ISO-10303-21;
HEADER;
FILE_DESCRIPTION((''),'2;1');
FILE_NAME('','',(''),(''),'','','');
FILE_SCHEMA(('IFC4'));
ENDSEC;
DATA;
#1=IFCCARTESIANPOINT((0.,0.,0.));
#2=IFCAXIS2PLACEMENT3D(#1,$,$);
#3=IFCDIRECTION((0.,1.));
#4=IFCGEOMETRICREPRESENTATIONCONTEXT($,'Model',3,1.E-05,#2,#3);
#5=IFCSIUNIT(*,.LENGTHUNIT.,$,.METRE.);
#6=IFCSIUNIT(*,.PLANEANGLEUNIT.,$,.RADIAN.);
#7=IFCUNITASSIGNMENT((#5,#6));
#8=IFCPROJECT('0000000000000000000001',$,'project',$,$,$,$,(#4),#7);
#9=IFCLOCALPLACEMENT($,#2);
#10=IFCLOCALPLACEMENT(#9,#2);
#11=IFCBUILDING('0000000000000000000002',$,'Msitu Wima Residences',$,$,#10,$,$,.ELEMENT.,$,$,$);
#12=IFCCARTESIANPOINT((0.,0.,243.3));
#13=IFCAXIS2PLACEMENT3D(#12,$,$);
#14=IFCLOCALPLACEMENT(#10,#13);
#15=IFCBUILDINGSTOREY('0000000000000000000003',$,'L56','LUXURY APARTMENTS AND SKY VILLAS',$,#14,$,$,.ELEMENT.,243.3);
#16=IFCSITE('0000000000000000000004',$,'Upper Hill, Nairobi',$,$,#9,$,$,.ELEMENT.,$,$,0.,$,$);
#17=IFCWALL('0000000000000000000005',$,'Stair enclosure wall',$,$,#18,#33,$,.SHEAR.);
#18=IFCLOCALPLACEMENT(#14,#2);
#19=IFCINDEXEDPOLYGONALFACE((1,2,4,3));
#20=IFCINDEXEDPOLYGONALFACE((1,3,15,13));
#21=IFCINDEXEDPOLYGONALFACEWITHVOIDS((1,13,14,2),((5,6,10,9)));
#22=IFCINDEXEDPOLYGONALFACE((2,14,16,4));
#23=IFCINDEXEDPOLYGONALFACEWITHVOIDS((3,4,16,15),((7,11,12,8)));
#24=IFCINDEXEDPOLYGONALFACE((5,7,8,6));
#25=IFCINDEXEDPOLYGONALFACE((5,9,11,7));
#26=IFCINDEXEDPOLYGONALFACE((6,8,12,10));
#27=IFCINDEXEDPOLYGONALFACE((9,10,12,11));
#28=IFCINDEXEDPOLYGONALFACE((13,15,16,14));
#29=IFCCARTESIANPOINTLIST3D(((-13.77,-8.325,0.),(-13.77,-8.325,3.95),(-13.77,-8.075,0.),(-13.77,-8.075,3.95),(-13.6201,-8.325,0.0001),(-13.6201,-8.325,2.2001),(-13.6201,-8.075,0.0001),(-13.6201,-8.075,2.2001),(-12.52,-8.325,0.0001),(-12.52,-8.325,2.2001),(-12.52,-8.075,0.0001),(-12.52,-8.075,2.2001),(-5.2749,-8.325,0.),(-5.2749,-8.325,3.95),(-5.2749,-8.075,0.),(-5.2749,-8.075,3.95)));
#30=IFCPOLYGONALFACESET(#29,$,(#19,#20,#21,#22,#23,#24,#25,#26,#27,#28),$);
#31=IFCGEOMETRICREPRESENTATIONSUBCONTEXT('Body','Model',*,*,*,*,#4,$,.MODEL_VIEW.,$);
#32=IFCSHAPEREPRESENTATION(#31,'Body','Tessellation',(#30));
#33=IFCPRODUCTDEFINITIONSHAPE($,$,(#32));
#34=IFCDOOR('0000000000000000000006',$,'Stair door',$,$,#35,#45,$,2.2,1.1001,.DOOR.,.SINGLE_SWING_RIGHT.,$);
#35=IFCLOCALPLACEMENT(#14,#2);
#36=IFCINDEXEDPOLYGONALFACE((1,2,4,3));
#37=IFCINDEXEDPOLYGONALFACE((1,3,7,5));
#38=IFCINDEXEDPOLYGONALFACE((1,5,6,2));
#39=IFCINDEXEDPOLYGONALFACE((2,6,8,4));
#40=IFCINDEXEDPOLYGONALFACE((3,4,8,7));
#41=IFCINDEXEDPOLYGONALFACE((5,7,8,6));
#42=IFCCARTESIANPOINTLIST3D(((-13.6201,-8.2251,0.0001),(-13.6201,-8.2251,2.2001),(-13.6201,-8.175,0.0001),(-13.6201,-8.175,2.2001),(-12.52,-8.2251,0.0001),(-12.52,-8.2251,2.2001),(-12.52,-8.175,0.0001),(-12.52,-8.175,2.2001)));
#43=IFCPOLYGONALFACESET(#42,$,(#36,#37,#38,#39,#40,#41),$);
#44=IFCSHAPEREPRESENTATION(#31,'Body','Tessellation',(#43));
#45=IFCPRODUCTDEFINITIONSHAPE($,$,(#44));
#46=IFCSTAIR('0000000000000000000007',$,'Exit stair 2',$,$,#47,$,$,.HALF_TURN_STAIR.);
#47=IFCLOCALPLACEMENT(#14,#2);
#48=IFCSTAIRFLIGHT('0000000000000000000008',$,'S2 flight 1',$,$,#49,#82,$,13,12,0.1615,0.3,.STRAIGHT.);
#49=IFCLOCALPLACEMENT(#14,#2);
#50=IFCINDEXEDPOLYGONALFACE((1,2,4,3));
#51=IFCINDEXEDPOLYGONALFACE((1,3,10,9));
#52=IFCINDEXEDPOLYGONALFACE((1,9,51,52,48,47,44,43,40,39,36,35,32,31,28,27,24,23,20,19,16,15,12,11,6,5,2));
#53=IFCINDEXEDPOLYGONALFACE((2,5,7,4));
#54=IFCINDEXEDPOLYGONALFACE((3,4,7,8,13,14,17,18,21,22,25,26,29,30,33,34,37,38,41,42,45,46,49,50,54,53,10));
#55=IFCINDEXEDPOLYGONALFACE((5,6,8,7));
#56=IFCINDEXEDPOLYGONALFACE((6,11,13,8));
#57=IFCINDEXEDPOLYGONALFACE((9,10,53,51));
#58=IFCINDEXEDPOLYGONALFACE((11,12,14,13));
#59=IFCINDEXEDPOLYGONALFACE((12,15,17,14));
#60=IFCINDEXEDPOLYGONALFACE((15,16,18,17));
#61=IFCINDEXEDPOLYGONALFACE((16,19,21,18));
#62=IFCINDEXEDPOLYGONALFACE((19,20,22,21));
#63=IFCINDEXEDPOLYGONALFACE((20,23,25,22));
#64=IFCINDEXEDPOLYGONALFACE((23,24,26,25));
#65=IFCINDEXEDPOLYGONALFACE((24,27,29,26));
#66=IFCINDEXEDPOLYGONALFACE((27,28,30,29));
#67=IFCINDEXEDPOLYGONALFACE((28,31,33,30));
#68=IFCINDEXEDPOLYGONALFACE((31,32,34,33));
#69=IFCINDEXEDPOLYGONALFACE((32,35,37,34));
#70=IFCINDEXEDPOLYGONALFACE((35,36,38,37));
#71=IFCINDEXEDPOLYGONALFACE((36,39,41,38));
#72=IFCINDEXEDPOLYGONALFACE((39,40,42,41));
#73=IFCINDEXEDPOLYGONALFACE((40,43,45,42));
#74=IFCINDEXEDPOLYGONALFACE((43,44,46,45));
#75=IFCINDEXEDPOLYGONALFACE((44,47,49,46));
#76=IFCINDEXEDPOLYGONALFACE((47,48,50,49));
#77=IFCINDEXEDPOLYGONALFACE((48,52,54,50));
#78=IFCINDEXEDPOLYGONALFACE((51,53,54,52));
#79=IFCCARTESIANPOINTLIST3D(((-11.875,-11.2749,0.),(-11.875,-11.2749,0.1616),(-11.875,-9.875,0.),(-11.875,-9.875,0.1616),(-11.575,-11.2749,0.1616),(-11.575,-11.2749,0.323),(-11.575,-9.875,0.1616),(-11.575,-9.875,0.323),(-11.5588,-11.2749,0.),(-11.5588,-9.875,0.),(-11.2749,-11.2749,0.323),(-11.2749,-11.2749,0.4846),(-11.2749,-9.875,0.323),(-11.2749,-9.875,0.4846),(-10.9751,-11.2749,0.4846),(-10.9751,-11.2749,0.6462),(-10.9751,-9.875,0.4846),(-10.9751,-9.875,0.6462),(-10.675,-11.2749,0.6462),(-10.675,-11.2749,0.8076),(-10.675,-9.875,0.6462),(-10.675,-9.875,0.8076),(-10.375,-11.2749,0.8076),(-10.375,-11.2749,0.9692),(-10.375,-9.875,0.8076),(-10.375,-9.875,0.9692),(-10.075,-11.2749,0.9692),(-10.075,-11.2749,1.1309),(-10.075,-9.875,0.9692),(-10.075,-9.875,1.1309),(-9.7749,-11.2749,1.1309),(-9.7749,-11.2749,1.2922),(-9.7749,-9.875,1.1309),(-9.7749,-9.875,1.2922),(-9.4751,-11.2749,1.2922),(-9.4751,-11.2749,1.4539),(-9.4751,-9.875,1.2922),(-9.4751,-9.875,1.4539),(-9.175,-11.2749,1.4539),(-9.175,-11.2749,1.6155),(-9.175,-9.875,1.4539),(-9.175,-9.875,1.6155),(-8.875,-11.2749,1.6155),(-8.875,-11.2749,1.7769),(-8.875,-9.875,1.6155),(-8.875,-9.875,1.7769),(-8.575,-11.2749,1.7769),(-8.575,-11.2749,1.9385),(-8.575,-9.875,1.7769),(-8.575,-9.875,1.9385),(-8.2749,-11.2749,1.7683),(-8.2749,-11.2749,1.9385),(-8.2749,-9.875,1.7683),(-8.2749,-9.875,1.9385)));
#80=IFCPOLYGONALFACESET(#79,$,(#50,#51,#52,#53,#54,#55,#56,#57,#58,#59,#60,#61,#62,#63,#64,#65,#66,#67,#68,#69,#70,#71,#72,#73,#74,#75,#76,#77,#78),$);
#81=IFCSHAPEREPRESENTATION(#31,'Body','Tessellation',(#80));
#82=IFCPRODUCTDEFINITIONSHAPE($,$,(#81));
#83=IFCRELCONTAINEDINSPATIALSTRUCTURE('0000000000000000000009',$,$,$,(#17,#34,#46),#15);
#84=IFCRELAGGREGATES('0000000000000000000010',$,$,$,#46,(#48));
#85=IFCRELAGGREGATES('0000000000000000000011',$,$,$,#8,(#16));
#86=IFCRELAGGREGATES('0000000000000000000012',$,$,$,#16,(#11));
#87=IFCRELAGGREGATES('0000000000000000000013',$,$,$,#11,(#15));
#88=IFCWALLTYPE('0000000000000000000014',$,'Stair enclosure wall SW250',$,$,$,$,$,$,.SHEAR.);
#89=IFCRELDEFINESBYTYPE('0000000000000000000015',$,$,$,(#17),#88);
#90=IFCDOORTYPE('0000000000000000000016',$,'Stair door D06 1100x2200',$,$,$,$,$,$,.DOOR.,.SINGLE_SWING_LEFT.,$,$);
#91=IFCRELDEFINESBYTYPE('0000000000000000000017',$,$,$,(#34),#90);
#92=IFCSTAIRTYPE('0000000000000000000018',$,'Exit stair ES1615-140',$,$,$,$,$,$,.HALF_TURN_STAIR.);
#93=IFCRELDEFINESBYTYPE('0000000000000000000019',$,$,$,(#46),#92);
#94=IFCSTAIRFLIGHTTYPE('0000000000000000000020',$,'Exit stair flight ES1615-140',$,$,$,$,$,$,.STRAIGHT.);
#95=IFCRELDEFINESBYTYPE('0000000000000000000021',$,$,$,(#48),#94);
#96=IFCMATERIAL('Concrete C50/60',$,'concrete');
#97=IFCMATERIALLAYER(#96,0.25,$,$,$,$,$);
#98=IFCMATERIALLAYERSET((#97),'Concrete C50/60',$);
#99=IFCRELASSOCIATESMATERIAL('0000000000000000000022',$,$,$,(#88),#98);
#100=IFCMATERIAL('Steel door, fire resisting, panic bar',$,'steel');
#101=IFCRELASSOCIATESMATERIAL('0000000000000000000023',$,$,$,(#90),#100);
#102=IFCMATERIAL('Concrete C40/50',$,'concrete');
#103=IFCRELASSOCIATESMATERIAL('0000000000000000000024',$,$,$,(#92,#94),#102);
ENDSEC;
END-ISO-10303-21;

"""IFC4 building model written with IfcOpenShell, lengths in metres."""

from ifc_helpers import new_model, si_unit, direction, frame, frame_2d, origin, place, context, subcontext, project, spatial, polyline, rectangle, outline, extrude, material, layer, layer_set, type_object, element, fill, aggregate, save


model = new_model("IFC4")

# Units and contexts
model_context = context("Model", 3, precision=1e-05, world=origin(), true_north=direction((0.0, 1.0)))
body_context = subcontext(model_context, "Body", "Model", "MODEL_VIEW")
ifc_project = project(units=[si_unit("LENGTHUNIT", "METRE"), si_unit("PLANEANGLEUNIT", "RADIAN")], contexts=[model_context])

# Site, building, storey
site_placement = place(None, origin())
site = spatial("IfcSite", under=ifc_project, at=site_placement, Name="Upper Hill, Nairobi", CompositionType="ELEMENT", RefElevation=0.0)
building_placement = place(site_placement, origin())
building = spatial("IfcBuilding", under=site, at=building_placement, Name="Msitu Wima Residences", CompositionType="ELEMENT")
storey_placement = place(building_placement, frame((0.0, 0.0, 243.3)))
storey = spatial("IfcBuildingStorey", under=building, at=storey_placement, Name="L56", Description="LUXURY APARTMENTS AND SKY VILLAS", CompositionType="ELEMENT", Elevation=243.3)

# Wall, opening, door
ifc_material_1 = material(Name="Concrete C50/60", Category="concrete")
ifc_layer_1 = layer(ifc_material_1, 0.25)
ifc_layer_set_1 = layer_set([ifc_layer_1], Name="Concrete C50/60")
wall_type_1 = type_object("IfcWallType", Name="Stair enclosure wall SW250", PredefinedType="SHEAR", material=ifc_layer_set_1)
wall_1_placement = place(storey_placement, frame((-13.77, -8.2, 0.0), z_axis=(0.0, 0.0, 1.0), x_axis=(1.0, 0.0, 0.0)))
wall_1 = element("IfcWall", 1, at=wall_1_placement, inside=storey, type_object=wall_type_1, Name="Stair enclosure wall", PredefinedType="SHEAR", context=body_context, shape_type="SweptSolid", body=[
    extrude(rectangle(XDim=8.4951, YDim=0.25, at=frame_2d((4.2476, 0.0))), origin(), (0.0, 0.0, 1.0), 3.95),
])
opening_1_placement = place(wall_1_placement, frame((0.1499, 0.0, 0.0)))
opening_1 = element("IfcOpeningElement", 2, at=opening_1_placement, cuts=wall_1, PredefinedType="OPENING", context=body_context, shape_type="SweptSolid", body=[
    extrude(rectangle(XDim=1.1001, YDim=2.2, at=frame_2d((0.55, 1.1001))), frame((0.0, 0.135, 0.0), z_axis=(0.0, -1.0, 0.0), x_axis=(1.0, 0.0, 0.0)), (0.0, 0.0, 1.0), 0.27),
])
ifc_material_2 = material(Name="Steel door, fire resisting, panic bar", Category="steel")
door_type_1 = type_object("IfcDoorType", Name="Stair door D06 1100x2200", OperationType="SINGLE_SWING_LEFT", PredefinedType="DOOR", material=ifc_material_2)
door_1_placement = place(opening_1_placement, origin())
door_1 = element("IfcDoor", 3, at=door_1_placement, inside=storey, type_object=door_type_1, Name="Stair door", OperationType="SINGLE_SWING_RIGHT", OverallHeight=2.2, OverallWidth=1.1001, PredefinedType="DOOR", context=body_context, shape_type="SweptSolid", body=[
    extrude(rectangle(XDim=1.1001, YDim=2.2, at=frame_2d((0.55, 1.1001))), frame((0.0, 0.0249, 0.0), z_axis=(0.0, -1.0, 0.0), x_axis=(1.0, 0.0, 0.0)), (0.0, 0.0, 1.0), 0.05),
])
fill(opening_1, door_1)

# Stair, stair flight
ifc_material_3 = material(Name="Concrete C40/50", Category="concrete")
stair_type = type_object("IfcStairType", Name="Exit stair ES1615-140", PredefinedType="HALF_TURN_STAIR", material=ifc_material_3)
stair_placement = place(storey_placement, origin())
stair = element("IfcStair", 4, at=stair_placement, inside=storey, type_object=stair_type, Name="Exit stair 2", PredefinedType="HALF_TURN_STAIR")
stair_flight_type = type_object("IfcStairFlightType", Name="Exit stair flight ES1615-140", PredefinedType="STRAIGHT", material=ifc_material_3)
stair_flight_placement = place(storey_placement, frame((-11.875, -10.575, 0.0), z_axis=(0.0, 0.0, 1.0), x_axis=(1.0, 0.0, 0.0)))
stair_flight = element("IfcStairFlight", 5, at=stair_flight_placement, type_object=stair_flight_type, Name="S2 flight 1", NumberOfRisers=13, NumberOfTreads=12, PredefinedType="STRAIGHT", RiserHeight=0.1615, TreadLength=0.3, context=body_context, shape_type="SweptSolid", body=[
    extrude(outline(polyline([(0.0, 0.0), (0.0, 0.1616), (0.3, 0.1616), (0.3, 0.323), (0.6001, 0.323), (0.6001, 0.4846), (0.8999, 0.4846), (0.8999, 0.6462), (1.2, 0.6462), (1.2, 0.8076), (1.5, 0.8076), (1.5, 0.9692), (1.8, 0.9692), (1.8, 1.1309), (2.1001, 1.1309), (2.1001, 1.2922), (2.3999, 1.2922), (2.3999, 1.4539), (2.7, 1.4539), (2.7, 1.6155), (3.0, 1.6155), (3.0, 1.7769), (3.3, 1.7769), (3.3, 1.9385), (3.6001, 1.9385), (3.6001, 2.1001), (3.6001, 1.7683), (0.3162, 0.0), (0.0, 0.0)])), frame((0.0, 0.7, 0.0), z_axis=(0.0, -1.0, 0.0), x_axis=(1.0, 0.0, 0.0)), (0.0, 0.0, 1.0), 1.3999),
])
aggregate(stair, [stair_flight])

save(model, "model.ifc")
